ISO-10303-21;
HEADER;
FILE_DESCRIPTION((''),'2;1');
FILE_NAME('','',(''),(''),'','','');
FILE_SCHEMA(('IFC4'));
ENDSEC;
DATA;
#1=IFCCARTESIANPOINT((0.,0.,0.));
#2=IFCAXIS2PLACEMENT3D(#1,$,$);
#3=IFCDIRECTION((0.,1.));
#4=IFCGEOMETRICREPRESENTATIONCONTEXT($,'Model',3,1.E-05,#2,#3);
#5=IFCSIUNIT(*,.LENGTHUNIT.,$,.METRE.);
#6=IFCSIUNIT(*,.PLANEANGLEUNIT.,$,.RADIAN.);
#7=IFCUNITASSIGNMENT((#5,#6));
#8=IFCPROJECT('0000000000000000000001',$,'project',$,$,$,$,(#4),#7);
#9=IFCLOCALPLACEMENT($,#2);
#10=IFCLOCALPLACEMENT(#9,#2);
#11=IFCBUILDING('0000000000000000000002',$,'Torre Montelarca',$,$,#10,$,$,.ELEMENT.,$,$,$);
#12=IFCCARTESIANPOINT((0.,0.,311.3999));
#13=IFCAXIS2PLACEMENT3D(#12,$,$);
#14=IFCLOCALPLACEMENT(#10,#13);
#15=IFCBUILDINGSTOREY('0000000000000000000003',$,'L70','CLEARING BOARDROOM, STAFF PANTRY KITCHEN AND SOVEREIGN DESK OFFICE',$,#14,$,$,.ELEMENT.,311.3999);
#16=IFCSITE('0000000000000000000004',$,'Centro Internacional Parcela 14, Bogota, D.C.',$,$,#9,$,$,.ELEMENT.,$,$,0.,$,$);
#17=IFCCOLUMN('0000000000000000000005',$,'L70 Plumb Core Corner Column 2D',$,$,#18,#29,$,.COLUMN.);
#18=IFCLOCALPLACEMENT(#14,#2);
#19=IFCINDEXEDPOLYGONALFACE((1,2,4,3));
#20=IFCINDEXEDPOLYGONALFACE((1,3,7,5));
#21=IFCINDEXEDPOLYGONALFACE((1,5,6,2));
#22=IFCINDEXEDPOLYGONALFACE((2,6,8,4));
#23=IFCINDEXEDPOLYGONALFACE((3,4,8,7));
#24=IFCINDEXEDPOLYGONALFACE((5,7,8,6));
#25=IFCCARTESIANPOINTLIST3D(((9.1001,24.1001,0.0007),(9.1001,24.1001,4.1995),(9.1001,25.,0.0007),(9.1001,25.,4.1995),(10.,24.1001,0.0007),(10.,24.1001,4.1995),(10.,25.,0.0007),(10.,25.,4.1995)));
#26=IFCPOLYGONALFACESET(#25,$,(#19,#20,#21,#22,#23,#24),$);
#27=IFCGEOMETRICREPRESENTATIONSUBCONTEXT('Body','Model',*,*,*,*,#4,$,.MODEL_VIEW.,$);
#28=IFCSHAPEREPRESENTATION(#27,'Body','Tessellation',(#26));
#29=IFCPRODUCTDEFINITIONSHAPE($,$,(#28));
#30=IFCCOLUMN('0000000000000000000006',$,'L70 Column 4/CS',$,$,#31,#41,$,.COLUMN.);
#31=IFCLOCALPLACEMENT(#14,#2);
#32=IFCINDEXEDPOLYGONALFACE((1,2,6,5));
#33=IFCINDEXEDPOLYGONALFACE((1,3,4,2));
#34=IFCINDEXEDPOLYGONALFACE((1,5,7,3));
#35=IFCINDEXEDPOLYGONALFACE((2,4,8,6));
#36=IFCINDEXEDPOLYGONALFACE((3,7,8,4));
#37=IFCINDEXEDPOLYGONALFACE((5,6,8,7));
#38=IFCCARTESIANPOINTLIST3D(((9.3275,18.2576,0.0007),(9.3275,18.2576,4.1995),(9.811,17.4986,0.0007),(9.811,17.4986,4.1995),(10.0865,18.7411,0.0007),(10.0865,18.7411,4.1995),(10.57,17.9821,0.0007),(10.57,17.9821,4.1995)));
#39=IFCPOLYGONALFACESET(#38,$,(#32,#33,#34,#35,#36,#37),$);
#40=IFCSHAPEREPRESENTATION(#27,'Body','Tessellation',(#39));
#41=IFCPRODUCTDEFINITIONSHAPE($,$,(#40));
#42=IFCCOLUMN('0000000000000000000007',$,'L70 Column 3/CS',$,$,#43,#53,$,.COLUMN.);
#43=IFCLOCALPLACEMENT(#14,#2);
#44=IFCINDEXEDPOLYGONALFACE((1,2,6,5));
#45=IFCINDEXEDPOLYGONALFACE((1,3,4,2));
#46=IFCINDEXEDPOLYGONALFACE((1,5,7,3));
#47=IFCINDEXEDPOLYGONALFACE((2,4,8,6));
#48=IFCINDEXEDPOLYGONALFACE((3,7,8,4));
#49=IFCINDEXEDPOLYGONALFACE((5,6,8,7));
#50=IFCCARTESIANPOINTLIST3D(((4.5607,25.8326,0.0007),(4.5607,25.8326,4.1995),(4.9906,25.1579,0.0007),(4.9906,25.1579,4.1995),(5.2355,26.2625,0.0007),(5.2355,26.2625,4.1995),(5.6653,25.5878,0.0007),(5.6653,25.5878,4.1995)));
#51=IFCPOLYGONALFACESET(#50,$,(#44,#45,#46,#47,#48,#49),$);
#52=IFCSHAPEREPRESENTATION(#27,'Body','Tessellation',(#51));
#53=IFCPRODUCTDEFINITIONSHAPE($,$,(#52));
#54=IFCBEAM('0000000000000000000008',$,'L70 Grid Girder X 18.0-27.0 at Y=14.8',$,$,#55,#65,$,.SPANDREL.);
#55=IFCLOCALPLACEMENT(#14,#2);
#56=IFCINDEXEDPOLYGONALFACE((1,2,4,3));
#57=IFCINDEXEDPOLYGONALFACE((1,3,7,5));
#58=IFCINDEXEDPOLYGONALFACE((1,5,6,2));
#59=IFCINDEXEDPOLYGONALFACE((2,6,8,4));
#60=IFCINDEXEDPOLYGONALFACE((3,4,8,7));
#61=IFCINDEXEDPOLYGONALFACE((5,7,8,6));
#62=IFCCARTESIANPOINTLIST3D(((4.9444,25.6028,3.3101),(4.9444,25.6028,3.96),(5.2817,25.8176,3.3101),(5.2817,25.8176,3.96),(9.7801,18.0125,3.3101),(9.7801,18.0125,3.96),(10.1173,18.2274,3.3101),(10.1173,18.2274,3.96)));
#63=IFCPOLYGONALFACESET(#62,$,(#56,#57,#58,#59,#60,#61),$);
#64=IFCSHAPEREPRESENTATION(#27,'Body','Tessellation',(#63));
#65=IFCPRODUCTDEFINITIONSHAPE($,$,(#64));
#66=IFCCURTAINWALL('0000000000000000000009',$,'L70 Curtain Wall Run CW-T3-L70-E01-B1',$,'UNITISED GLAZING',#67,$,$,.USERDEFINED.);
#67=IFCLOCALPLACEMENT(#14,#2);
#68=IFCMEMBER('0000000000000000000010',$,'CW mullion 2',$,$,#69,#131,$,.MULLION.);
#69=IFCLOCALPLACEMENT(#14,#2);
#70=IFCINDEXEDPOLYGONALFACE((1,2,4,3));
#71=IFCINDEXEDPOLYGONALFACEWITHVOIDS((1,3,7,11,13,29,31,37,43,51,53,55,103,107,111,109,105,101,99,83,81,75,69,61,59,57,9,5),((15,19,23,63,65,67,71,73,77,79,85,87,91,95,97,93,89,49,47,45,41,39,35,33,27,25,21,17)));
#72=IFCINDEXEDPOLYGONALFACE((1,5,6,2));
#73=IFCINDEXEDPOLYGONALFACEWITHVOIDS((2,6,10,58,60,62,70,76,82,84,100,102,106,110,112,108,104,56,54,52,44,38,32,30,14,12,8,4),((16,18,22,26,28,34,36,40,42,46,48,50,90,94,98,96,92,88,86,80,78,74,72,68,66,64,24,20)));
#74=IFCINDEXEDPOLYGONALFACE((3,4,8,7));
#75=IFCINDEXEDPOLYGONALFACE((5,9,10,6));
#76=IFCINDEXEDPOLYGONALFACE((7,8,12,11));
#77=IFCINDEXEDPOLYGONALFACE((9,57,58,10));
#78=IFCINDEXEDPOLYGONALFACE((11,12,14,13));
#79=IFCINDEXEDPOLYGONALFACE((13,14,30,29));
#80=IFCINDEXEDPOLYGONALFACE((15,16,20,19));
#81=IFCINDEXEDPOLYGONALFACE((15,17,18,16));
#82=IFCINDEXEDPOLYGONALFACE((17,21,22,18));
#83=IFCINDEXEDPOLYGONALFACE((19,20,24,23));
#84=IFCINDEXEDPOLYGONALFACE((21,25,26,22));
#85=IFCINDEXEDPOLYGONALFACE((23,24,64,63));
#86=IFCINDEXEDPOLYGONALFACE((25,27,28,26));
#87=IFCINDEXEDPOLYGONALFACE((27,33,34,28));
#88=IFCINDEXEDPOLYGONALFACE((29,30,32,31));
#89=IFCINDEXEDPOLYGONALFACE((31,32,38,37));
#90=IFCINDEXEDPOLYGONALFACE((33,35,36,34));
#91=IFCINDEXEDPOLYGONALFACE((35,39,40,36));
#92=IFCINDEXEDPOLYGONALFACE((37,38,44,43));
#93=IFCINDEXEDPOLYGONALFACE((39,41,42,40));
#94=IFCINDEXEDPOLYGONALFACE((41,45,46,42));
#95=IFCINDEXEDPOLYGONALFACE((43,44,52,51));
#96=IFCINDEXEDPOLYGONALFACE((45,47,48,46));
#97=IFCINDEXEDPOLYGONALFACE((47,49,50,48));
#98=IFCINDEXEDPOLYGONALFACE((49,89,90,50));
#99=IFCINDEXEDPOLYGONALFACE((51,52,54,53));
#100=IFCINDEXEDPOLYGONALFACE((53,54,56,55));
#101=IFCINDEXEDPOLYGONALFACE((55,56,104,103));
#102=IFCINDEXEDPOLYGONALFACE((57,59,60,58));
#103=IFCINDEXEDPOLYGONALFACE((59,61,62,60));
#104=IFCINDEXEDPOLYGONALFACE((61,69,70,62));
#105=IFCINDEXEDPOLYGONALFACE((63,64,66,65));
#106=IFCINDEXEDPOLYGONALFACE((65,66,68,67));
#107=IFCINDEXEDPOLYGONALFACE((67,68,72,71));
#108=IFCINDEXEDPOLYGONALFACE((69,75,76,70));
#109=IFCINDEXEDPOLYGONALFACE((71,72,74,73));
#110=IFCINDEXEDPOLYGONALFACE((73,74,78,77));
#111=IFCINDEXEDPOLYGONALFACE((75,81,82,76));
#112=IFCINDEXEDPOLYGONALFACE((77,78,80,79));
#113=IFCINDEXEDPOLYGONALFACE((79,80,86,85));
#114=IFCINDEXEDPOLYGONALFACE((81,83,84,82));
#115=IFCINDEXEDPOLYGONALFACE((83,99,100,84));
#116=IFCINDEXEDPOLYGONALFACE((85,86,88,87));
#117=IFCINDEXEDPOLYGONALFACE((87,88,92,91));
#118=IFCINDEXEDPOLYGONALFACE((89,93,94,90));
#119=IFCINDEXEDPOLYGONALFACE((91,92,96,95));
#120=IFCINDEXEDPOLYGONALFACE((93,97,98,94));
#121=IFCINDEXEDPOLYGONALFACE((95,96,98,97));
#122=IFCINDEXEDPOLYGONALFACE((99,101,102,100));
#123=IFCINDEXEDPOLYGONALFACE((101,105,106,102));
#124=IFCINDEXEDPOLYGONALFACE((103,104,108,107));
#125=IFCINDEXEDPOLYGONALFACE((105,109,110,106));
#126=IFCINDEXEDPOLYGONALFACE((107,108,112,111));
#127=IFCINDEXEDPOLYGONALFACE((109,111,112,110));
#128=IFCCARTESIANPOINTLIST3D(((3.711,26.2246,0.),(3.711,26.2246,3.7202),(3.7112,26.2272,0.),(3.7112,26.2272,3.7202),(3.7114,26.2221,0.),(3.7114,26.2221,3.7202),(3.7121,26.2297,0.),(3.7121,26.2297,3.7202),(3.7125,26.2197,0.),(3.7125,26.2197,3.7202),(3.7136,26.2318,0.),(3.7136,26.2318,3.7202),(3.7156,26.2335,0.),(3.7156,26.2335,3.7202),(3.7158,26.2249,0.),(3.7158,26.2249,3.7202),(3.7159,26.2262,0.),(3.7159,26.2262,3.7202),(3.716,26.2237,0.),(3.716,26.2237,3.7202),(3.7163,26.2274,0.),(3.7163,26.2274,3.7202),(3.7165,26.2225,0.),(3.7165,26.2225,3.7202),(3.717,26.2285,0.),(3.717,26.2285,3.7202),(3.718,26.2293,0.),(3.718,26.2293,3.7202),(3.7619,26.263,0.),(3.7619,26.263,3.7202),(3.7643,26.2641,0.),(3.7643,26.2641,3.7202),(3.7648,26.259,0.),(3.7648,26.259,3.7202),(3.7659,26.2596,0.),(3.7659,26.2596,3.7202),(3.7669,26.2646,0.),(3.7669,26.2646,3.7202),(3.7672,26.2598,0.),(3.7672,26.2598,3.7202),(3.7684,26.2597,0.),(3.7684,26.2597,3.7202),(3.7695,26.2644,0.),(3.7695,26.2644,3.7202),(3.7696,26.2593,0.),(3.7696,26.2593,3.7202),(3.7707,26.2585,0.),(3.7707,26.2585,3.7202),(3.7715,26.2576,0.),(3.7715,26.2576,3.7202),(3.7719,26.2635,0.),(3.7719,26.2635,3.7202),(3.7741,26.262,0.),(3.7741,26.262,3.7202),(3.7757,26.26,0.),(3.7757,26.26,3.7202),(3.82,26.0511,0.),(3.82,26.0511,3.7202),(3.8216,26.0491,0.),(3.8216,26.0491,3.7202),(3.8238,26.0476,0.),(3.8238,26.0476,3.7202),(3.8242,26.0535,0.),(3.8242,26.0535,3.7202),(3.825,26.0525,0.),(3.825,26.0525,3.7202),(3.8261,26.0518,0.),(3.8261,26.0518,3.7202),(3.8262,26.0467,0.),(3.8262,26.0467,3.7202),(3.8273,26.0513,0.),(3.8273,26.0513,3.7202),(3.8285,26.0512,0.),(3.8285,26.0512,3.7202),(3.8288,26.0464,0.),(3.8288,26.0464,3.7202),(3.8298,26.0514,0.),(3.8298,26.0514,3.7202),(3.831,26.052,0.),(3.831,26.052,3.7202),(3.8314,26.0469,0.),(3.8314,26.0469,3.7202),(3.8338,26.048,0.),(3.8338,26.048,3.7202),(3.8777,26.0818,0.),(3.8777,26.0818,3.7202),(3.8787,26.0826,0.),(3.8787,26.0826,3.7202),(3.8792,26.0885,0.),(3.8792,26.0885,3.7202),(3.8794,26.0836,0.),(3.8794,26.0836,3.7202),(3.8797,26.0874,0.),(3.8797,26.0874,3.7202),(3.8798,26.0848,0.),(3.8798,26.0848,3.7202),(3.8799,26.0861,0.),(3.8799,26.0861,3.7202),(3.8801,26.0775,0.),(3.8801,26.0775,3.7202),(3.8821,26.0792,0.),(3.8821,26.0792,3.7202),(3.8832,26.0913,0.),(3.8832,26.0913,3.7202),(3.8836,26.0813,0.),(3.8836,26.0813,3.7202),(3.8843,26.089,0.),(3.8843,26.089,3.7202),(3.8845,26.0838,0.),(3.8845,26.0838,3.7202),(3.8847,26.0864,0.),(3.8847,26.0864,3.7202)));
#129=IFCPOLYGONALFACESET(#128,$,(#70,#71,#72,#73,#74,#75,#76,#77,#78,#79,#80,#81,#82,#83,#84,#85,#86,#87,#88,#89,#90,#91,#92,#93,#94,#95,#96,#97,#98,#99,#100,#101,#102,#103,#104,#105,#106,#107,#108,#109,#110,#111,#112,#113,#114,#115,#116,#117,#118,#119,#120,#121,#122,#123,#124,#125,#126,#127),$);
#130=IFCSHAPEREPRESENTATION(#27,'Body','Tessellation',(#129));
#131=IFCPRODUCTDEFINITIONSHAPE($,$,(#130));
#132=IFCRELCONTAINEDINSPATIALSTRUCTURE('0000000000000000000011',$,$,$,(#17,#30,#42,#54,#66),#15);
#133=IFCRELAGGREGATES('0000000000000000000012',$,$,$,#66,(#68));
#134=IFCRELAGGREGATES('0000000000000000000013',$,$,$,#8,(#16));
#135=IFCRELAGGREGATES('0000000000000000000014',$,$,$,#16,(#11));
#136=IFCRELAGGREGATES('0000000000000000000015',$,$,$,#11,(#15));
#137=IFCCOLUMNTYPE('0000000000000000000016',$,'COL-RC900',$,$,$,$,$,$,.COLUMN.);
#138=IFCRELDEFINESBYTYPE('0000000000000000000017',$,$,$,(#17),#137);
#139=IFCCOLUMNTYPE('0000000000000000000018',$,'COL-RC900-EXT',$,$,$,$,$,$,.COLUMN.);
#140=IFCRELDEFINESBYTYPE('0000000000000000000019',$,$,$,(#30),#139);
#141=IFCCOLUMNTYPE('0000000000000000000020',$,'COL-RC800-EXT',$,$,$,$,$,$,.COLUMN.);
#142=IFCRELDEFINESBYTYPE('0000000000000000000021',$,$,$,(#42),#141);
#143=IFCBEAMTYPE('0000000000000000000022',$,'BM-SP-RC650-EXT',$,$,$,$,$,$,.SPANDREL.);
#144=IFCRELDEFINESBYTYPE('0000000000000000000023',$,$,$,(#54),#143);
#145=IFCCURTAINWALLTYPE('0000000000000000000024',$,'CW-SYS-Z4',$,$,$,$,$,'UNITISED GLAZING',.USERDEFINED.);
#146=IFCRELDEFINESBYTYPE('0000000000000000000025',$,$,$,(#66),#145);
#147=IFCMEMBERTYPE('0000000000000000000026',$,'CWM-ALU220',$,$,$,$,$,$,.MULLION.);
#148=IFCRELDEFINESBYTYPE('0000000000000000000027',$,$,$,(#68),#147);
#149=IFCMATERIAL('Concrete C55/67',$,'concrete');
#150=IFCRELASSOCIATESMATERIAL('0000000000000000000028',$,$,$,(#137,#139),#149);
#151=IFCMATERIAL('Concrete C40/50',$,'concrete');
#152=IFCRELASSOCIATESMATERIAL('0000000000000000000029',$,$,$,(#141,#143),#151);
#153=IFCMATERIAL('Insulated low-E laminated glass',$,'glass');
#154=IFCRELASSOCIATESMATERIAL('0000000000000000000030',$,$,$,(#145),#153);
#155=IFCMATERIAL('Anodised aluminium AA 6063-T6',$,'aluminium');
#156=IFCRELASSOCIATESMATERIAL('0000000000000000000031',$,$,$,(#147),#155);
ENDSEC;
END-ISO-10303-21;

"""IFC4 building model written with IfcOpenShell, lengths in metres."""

from ifc_helpers import new_model, si_unit, direction, frame, origin, origin_2d, place, context, subcontext, project, spatial, rectangle, hollow_rectangle, extrude, source, transform, mapped, material, material_profile, profile_set, type_object, element, aggregate, save


model = new_model("IFC4")

# Units and contexts
model_context = context("Model", 3, precision=1e-05, world=origin(), true_north=direction((0.0, 1.0)))
body_context = subcontext(model_context, "Body", "Model", "MODEL_VIEW")
ifc_project = project(units=[si_unit("LENGTHUNIT", "METRE"), si_unit("PLANEANGLEUNIT", "RADIAN")], contexts=[model_context])

# Site, building, storey
site_placement = place(None, origin())
site = spatial("IfcSite", under=ifc_project, at=site_placement, Name="Centro Internacional Parcela 14, Bogota, D.C.", CompositionType="ELEMENT", RefElevation=0.0)
building_placement = place(site_placement, origin())
building = spatial("IfcBuilding", under=site, at=building_placement, Name="Torre Montelarca", CompositionType="ELEMENT")
storey_placement = place(building_placement, frame((0.0, 0.0, 311.3999)))
storey = spatial("IfcBuildingStorey", under=building, at=storey_placement, Name="L70", Description="CLEARING BOARDROOM, STAFF PANTRY KITCHEN AND SOVEREIGN DESK OFFICE", CompositionType="ELEMENT", Elevation=311.3999)

# Columns
ifc_material_1 = material(Name="Concrete C55/67", Category="concrete")
ifc_material_profile_1 = material_profile(ifc_material_1, rectangle(XDim=0.8999, YDim=0.8999, at=origin_2d()), Name="RC900X900", Category="concrete")
ifc_profile_set_1 = profile_set([ifc_material_profile_1], Name="Concrete C55/67")
column_type_1 = type_object("IfcColumnType", Name="COL-RC900", PredefinedType="COLUMN", material=ifc_profile_set_1)
shared_shape_1 = source(origin(), body_context, "Body", "SweptSolid", [
    extrude(rectangle(XDim=0.8999, YDim=0.8999, at=origin_2d()), origin(), (0.0, 0.0, 1.0), 4.1987),
])
column_1_placement = place(storey_placement, frame((9.55, 24.55, 0.0007), z_axis=(0.0, 0.0, 1.0), x_axis=(1.0, 0.0, 0.0)))
element("IfcColumn", 1, at=column_1_placement, inside=storey, type_object=column_type_1, Name="L70 Plumb Core Corner Column 2D", PredefinedType="COLUMN", context=body_context, shape_type="MappedRepresentation", body=[
    mapped(shared_shape_1, transform((0.0, 0.0, 0.0), scale=1.0)),
])
ifc_material_profile_2 = material_profile(ifc_material_1, rectangle(XDim=0.8999, YDim=0.8999, at=origin_2d()), Name="RC900X900", Category="concrete")
ifc_profile_set_2 = profile_set([ifc_material_profile_2], Name="Concrete C55/67")
column_type_2 = type_object("IfcColumnType", Name="COL-RC900-EXT", PredefinedType="COLUMN", material=ifc_profile_set_2)
shared_shape_2 = source(origin(), body_context, "Body", "SweptSolid", [
    extrude(rectangle(XDim=0.8999, YDim=0.8999, at=origin_2d()), origin(), (0.0, 0.0, 1.0), 4.1987),
])
column_2_placement = place(storey_placement, frame((9.9487, 18.1199, 0.0007), z_axis=(0.0, 0.0, 1.0), x_axis=(-0.5373, 0.843391, 0.0)))
element("IfcColumn", 2, at=column_2_placement, inside=storey, type_object=column_type_2, Name="L70 Column 4/CS", PredefinedType="COLUMN", context=body_context, shape_type="MappedRepresentation", body=[
    mapped(shared_shape_2, transform((0.0, 0.0, 0.0), scale=1.0)),
])
ifc_material_2 = material(Name="Concrete C40/50", Category="concrete")
ifc_material_profile_3 = material_profile(ifc_material_2, rectangle(XDim=0.8, YDim=0.8, at=origin_2d()), Name="RC800X800", Category="concrete")
ifc_profile_set_3 = profile_set([ifc_material_profile_3], Name="Concrete C40/50")
column_type_3 = type_object("IfcColumnType", Name="COL-RC800-EXT", PredefinedType="COLUMN", material=ifc_profile_set_3)
shared_shape_3 = source(origin(), body_context, "Body", "SweptSolid", [
    extrude(rectangle(XDim=0.8, YDim=0.8, at=origin_2d()), origin(), (0.0, 0.0, 1.0), 4.1987),
])
column_3_placement = place(storey_placement, frame((5.113, 25.7102, 0.0007), z_axis=(0.0, 0.0, 1.0), x_axis=(-0.5373, 0.843391, 0.0)))
element("IfcColumn", 3, at=column_3_placement, inside=storey, type_object=column_type_3, Name="L70 Column 3/CS", PredefinedType="COLUMN", context=body_context, shape_type="MappedRepresentation", body=[
    mapped(shared_shape_3, transform((0.0, 0.0, 0.0), scale=1.0)),
])

# Beam
ifc_material_profile_4 = material_profile(ifc_material_2, rectangle(XDim=0.3999, YDim=0.6499, at=origin_2d()), Name="RCB400X650", Category="concrete")
ifc_profile_set_4 = profile_set([ifc_material_profile_4], Name="Concrete C40/50")
beam_type = type_object("IfcBeamType", Name="BM-SP-RC650-EXT", PredefinedType="SPANDREL", material=ifc_profile_set_4)
shared_shape_4 = source(origin(), body_context, "Body", "SweptSolid", [
    extrude(rectangle(XDim=0.3999, YDim=0.6499, at=origin_2d()), origin(), (0.0, 0.0, 1.0), 8.9998),
])
beam_placement = place(storey_placement, frame((5.113, 25.7102, 3.635), z_axis=(0.537309, -0.843385, 0.0), x_axis=(0.843385, 0.537309, 0.0)))
element("IfcBeam", 4, at=beam_placement, inside=storey, type_object=beam_type, Name="L70 Grid Girder X 18.0-27.0 at Y=14.8", PredefinedType="SPANDREL", context=body_context, shape_type="MappedRepresentation", body=[
    mapped(shared_shape_4, transform((0.0, 0.0, 0.0), scale=1.0)),
])

# Curtain wall, member
ifc_material_3 = material(Name="Insulated low-E laminated glass", Category="glass")
curtain_wall_type = type_object("IfcCurtainWallType", Name="CW-SYS-Z4", ElementType="UNITISED GLAZING", PredefinedType="USERDEFINED", material=ifc_material_3)
curtain_wall_placement = place(storey_placement, origin())
curtain_wall = element("IfcCurtainWall", 5, at=curtain_wall_placement, inside=storey, type_object=curtain_wall_type, Name="L70 Curtain Wall Run CW-T3-L70-E01-B1", ObjectType="UNITISED GLAZING", PredefinedType="USERDEFINED")
ifc_material_4 = material(Name="Anodised aluminium AA 6063-T6", Category="aluminium")
ifc_material_profile_5 = material_profile(ifc_material_4, hollow_rectangle(XDim=0.075, YDim=0.22, WallThickness=0.0049, InnerFilletRadius=0.0049, OuterFilletRadius=0.01, at=origin_2d()), Name="ALU75X220X5", Category="aluminium")
ifc_profile_set_5 = profile_set([ifc_material_profile_5], Name="Anodised aluminium AA 6063-T6")
member_type_1 = type_object("IfcMemberType", Name="CWM-ALU220", PredefinedType="MULLION", material=ifc_profile_set_5)
shared_shape_5 = source(origin(), body_context, "Body", "SweptSolid", [
    extrude(hollow_rectangle(XDim=0.075, YDim=0.22, WallThickness=0.0049, InnerFilletRadius=0.0049, OuterFilletRadius=0.01, at=origin_2d()), origin(), (0.0, 0.0, 1.0), 3.7202),
])
member_1_placement = place(storey_placement, frame((3.7979, 26.1555, 0.0), z_axis=(0.0, 0.0, 1.0), x_axis=(0.84339, 0.537302, 0.0)))
member_1 = element("IfcMember", 6, at=member_1_placement, type_object=member_type_1, Name="CW mullion 2", PredefinedType="MULLION", context=body_context, shape_type="MappedRepresentation", body=[
    mapped(shared_shape_5, transform((0.0, 0.0, 0.0), scale=1.0)),
])
aggregate(curtain_wall, [member_1])

save(model, "model.ifc")
